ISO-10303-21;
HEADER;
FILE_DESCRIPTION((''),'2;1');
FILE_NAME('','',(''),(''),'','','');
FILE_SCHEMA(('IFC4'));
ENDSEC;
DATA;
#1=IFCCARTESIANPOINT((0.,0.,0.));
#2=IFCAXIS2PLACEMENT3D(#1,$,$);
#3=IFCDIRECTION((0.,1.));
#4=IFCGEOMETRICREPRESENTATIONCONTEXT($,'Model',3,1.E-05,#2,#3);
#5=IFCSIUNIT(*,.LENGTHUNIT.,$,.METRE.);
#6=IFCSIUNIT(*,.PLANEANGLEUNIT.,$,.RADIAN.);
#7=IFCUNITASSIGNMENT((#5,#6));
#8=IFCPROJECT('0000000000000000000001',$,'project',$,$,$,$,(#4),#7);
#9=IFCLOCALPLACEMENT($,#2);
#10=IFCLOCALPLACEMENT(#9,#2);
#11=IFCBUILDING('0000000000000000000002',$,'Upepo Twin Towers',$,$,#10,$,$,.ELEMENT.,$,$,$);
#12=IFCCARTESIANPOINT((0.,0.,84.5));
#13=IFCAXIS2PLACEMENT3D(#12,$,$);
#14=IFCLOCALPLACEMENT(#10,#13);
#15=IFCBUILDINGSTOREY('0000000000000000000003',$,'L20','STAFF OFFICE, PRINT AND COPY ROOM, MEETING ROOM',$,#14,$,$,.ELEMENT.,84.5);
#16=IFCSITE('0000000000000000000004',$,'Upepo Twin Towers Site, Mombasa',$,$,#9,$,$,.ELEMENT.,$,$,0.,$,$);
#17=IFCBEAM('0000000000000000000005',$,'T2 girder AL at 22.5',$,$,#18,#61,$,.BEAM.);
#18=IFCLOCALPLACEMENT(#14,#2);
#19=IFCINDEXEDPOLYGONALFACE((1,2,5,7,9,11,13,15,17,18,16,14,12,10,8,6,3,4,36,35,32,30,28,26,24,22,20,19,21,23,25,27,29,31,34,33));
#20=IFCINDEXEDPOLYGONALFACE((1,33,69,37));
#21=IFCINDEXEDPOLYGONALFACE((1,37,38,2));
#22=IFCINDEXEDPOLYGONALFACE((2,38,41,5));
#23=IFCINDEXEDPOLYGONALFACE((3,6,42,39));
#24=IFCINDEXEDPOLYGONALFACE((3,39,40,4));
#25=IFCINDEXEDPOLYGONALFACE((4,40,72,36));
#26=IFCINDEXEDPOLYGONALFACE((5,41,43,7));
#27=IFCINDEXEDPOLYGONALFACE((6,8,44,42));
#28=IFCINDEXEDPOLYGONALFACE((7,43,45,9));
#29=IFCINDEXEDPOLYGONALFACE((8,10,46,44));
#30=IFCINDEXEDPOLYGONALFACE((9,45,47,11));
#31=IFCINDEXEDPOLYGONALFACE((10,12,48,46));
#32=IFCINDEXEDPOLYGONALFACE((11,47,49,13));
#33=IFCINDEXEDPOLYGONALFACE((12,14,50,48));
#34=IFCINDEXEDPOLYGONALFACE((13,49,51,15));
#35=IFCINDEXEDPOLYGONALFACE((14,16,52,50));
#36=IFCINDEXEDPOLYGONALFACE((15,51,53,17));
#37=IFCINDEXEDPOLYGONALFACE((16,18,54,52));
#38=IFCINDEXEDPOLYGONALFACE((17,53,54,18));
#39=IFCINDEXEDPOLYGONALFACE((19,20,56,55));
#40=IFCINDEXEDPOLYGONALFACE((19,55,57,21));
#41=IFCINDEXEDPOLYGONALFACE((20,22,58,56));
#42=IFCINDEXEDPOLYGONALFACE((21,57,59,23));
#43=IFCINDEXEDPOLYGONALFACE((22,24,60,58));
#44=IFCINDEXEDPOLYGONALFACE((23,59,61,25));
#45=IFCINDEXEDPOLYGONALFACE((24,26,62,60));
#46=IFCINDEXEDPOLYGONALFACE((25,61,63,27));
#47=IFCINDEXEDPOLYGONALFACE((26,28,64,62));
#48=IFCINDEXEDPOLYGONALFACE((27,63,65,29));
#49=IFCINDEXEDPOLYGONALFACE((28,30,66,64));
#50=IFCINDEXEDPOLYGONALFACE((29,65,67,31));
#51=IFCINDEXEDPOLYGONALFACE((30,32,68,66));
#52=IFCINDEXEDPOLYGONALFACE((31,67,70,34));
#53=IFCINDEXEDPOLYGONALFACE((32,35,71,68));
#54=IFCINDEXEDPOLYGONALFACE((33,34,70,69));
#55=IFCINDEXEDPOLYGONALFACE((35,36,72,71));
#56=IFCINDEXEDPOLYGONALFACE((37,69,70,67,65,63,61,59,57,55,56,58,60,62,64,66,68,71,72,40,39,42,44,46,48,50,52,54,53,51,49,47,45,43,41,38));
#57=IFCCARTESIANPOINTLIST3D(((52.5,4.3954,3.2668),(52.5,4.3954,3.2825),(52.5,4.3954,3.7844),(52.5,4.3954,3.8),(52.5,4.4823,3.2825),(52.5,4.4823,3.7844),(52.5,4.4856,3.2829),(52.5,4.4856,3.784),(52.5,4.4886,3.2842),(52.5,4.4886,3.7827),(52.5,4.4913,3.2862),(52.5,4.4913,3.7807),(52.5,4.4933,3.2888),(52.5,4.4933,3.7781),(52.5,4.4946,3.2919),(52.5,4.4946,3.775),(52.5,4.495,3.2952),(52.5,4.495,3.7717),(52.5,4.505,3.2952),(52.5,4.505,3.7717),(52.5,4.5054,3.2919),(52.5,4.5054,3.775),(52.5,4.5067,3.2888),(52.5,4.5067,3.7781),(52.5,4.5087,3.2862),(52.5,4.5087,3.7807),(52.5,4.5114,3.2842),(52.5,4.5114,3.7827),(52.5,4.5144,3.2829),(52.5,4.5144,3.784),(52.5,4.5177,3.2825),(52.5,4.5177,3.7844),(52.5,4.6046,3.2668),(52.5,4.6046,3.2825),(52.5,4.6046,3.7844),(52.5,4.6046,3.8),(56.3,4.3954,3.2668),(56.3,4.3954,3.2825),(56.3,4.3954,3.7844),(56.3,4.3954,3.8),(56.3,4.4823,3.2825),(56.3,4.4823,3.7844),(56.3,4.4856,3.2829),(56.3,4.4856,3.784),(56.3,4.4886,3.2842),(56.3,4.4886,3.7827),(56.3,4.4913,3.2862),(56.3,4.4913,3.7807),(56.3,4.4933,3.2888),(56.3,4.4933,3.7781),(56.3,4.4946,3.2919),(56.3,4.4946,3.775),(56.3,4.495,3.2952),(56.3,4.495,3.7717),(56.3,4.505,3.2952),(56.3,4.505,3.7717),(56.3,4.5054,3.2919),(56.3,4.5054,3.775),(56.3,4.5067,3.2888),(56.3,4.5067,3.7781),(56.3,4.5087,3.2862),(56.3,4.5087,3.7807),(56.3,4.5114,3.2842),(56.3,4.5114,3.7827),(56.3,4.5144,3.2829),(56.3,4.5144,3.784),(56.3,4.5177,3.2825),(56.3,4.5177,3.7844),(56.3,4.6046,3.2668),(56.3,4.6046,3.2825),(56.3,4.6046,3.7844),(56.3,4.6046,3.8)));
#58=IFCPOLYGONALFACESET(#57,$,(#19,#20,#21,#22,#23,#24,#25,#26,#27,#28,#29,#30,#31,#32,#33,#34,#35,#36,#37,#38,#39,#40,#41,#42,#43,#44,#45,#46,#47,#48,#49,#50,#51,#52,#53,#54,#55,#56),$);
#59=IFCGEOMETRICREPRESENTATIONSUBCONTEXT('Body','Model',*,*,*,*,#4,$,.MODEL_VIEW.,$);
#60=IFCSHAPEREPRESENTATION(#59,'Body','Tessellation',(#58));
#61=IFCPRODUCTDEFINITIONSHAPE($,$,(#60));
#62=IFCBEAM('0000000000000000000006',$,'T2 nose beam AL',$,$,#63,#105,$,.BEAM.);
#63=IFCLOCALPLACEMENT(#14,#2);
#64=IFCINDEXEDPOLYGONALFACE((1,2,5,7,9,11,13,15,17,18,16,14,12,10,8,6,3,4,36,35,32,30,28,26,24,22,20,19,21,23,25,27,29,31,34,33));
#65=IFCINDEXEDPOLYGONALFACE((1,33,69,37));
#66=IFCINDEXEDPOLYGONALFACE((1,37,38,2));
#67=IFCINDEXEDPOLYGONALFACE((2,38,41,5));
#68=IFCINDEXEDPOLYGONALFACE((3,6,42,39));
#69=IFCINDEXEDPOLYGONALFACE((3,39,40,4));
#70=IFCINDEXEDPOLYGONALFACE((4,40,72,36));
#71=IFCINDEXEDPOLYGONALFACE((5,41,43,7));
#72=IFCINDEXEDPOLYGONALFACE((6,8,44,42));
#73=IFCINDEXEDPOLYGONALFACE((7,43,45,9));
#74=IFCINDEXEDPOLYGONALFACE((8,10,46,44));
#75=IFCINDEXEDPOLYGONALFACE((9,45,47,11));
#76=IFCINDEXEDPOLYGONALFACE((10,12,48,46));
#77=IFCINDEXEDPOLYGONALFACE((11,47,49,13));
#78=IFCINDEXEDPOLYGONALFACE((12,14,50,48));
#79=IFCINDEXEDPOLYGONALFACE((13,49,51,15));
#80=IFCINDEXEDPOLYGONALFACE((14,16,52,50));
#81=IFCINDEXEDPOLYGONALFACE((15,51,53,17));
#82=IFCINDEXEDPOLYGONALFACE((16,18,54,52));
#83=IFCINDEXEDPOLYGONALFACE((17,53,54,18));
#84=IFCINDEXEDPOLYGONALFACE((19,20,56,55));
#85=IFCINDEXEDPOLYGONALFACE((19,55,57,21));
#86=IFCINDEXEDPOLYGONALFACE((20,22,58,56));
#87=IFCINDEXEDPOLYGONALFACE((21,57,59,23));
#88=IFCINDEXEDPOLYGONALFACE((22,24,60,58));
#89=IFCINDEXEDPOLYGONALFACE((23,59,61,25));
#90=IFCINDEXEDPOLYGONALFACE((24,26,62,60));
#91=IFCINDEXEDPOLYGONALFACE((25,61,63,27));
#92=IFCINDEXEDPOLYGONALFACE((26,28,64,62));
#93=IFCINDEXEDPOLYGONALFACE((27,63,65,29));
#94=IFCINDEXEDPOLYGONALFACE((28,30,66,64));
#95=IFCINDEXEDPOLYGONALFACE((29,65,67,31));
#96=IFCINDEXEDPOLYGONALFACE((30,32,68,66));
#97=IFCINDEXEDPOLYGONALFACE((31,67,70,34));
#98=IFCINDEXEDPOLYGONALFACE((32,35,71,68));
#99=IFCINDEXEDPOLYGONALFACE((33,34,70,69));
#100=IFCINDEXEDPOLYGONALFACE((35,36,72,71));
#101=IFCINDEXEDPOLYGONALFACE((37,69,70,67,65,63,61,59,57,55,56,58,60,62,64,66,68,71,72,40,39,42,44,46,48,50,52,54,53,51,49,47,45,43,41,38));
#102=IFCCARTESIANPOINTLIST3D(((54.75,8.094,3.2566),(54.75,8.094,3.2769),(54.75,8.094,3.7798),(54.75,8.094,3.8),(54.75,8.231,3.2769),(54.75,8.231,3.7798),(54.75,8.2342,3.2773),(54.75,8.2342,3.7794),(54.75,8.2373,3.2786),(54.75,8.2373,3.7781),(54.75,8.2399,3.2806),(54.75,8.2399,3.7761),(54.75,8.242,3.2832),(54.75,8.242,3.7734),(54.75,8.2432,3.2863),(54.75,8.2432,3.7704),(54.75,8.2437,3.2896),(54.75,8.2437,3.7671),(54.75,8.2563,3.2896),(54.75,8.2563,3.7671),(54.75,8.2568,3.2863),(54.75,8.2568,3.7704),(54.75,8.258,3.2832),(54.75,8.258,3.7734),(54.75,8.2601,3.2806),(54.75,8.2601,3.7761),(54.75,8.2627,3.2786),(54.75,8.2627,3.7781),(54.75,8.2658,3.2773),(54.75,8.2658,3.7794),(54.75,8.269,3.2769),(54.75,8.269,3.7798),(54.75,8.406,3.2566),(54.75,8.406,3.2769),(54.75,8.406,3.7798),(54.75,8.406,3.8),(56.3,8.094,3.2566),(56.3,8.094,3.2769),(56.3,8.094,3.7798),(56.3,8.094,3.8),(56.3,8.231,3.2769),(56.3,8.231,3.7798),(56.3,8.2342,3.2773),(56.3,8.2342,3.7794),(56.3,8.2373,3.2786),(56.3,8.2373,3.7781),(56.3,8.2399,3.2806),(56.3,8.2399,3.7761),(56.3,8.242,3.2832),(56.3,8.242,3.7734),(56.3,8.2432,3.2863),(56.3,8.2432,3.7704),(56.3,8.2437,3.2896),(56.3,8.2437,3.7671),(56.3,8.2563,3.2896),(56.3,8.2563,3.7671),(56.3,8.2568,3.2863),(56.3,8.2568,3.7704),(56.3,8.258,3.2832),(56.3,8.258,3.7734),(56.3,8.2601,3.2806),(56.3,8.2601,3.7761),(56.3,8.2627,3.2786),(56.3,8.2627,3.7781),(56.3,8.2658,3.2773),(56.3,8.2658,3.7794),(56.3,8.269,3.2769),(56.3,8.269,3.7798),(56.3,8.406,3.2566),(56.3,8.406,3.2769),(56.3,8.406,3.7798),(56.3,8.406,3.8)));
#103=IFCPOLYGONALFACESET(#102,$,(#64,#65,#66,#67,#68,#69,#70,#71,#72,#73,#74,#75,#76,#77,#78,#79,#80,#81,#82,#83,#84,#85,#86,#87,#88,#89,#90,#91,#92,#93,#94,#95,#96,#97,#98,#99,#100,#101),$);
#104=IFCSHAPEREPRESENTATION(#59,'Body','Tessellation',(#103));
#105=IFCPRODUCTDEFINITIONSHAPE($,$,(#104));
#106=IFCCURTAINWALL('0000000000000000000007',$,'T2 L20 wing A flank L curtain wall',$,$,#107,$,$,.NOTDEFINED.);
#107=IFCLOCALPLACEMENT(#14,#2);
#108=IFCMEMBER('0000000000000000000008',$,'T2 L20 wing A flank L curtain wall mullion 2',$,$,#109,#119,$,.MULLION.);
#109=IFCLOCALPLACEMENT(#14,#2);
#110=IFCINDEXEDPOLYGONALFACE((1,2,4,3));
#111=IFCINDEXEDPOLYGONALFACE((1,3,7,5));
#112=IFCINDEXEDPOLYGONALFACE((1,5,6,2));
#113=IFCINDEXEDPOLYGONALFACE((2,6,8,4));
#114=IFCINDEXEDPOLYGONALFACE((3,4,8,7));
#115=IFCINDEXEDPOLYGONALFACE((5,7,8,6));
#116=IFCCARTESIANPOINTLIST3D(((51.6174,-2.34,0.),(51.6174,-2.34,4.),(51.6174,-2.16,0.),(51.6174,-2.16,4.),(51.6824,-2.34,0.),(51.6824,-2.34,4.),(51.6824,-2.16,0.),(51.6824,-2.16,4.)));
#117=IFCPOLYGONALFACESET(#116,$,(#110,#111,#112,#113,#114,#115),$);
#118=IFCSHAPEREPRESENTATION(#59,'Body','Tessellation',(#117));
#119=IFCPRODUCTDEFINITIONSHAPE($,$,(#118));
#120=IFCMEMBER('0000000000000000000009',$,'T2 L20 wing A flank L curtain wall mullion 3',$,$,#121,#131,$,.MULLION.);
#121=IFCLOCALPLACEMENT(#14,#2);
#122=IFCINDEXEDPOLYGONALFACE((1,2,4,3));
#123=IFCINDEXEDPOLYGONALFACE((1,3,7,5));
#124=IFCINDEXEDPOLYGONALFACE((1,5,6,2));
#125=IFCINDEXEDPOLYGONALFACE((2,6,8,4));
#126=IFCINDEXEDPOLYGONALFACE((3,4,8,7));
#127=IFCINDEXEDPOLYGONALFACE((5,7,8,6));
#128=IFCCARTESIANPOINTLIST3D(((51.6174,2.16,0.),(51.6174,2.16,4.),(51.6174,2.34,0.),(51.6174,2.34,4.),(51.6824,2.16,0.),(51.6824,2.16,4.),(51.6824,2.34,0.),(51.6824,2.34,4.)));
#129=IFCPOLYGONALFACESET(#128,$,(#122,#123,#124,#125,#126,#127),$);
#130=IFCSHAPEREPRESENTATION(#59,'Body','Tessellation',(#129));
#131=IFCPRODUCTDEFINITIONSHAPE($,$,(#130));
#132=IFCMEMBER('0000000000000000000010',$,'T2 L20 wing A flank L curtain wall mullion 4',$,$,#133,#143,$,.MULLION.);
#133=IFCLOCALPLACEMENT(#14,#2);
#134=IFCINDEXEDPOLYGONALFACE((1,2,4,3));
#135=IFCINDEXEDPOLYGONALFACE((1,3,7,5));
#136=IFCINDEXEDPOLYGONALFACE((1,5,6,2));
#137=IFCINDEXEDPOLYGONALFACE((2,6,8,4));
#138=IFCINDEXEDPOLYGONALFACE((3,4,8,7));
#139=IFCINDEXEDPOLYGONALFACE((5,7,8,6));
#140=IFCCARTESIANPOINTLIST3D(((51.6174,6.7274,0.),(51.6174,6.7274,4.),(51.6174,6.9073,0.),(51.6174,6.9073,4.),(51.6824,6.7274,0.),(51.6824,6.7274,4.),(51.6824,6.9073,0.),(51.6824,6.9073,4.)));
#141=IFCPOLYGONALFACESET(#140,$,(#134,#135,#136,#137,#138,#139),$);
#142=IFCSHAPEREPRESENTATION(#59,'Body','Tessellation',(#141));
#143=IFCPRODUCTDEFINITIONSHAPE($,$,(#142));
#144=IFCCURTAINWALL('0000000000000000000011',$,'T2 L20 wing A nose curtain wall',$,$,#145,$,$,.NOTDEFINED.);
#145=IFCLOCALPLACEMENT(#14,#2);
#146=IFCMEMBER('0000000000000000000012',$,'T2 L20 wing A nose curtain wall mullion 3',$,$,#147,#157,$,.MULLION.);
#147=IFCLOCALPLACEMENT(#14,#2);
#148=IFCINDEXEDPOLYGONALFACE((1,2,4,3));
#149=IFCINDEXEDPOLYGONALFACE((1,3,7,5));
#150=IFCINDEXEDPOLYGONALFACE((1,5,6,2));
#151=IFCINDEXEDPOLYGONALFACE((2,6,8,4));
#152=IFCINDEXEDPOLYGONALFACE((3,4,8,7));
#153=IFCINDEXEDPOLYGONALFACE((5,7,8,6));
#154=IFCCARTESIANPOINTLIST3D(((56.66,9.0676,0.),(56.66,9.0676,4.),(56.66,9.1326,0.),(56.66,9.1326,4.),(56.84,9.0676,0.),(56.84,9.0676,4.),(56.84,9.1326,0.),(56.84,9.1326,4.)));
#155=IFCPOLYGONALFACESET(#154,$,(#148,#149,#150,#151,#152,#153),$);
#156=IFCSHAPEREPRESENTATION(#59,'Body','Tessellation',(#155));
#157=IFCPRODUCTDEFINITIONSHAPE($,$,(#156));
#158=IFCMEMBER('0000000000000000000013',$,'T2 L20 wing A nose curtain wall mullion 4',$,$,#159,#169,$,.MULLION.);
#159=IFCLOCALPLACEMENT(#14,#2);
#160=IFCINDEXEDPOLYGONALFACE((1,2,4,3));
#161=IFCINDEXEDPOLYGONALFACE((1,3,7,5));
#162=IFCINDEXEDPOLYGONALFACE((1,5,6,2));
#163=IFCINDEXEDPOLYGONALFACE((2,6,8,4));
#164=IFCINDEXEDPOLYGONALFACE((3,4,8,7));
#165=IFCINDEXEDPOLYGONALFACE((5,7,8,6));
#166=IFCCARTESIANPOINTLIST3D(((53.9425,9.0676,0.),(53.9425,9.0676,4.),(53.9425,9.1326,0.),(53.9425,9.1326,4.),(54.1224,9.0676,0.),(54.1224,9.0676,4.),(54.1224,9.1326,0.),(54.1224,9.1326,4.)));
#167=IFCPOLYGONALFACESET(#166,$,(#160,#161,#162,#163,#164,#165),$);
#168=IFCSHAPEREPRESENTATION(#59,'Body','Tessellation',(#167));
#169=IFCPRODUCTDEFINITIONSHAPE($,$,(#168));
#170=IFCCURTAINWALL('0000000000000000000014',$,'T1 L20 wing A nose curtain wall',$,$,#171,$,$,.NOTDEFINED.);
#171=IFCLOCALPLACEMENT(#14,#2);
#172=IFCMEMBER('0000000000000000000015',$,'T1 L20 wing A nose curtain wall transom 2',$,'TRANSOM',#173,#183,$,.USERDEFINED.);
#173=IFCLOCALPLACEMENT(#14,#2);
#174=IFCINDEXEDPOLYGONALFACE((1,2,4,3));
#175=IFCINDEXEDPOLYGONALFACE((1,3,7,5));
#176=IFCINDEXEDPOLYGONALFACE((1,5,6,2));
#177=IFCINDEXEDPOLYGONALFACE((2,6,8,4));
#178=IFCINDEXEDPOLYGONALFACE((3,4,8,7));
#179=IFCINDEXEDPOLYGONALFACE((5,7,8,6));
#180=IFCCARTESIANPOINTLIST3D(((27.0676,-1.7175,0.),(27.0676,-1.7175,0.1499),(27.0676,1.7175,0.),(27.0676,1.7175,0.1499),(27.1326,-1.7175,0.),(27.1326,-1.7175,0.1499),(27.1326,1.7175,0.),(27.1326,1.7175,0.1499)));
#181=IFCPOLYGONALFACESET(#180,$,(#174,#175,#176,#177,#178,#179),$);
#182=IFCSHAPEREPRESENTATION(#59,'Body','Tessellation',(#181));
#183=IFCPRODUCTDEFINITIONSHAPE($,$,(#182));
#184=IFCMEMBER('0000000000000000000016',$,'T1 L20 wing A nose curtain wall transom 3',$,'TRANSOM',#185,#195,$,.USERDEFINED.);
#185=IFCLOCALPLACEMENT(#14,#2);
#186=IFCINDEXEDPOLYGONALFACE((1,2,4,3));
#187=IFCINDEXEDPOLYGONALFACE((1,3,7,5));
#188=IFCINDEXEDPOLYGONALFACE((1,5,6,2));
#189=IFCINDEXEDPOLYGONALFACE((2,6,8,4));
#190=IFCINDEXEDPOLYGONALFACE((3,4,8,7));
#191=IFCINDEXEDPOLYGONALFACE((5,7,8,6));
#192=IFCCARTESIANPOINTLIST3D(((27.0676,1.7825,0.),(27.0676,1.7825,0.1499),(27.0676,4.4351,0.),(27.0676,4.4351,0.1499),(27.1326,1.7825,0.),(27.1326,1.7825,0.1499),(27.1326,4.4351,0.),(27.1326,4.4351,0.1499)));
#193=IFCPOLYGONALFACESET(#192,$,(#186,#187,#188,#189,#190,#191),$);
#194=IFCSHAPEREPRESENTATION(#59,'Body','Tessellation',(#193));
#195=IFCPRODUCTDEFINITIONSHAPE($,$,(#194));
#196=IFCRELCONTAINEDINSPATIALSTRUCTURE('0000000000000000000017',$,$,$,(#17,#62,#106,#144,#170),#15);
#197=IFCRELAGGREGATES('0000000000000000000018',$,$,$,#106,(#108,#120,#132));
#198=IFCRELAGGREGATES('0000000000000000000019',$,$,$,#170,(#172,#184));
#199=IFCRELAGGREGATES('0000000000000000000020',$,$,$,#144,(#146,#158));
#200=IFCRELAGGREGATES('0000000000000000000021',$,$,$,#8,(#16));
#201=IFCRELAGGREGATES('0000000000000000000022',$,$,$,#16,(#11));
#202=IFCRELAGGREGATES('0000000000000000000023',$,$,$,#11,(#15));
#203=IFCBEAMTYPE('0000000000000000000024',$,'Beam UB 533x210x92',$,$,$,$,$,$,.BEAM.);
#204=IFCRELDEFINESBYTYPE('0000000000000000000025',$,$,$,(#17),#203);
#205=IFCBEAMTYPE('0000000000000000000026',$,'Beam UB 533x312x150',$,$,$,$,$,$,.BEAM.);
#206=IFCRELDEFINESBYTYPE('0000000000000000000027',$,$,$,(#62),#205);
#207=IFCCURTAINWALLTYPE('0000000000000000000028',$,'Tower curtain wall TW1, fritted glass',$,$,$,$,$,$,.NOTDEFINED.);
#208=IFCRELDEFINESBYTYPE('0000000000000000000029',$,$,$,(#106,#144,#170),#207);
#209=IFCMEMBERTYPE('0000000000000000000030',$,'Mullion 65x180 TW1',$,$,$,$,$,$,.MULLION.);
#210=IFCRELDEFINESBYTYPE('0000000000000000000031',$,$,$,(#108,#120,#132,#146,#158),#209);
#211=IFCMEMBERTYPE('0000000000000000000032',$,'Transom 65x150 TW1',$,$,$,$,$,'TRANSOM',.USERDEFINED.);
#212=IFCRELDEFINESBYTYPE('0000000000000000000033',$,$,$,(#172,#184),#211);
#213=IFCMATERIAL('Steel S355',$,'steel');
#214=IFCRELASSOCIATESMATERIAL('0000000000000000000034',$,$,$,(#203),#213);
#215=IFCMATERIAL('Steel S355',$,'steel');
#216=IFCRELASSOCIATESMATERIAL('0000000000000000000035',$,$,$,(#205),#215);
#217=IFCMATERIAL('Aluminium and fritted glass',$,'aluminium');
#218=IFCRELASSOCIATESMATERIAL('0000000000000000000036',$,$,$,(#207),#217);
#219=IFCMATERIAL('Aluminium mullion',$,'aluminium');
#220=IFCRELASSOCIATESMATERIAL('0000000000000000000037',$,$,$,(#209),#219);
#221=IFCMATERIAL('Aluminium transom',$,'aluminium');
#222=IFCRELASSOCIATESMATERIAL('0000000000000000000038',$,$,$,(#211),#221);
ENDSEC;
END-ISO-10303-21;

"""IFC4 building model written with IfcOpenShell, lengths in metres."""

from ifc_helpers import new_model, si_unit, direction, frame, origin, origin_2d, place, context, subcontext, project, spatial, rectangle, i_section, extrude, material, material_profile, profile_set, type_object, element, aggregate, save


model = new_model("IFC4")

# Units and contexts
model_context = context("Model", 3, precision=1e-05, world=origin(), true_north=direction((0.0, 1.0)))
body_context = subcontext(model_context, "Body", "Model", "MODEL_VIEW")
ifc_project = project(units=[si_unit("LENGTHUNIT", "METRE"), si_unit("PLANEANGLEUNIT", "RADIAN")], contexts=[model_context])

# Site, building, storey
site_placement = place(None, origin())
site = spatial("IfcSite", under=ifc_project, at=site_placement, Name="Upepo Twin Towers Site, Mombasa", CompositionType="ELEMENT", RefElevation=0.0)
building_placement = place(site_placement, origin())
building = spatial("IfcBuilding", under=site, at=building_placement, Name="Upepo Twin Towers", CompositionType="ELEMENT")
storey_placement = place(building_placement, frame((0.0, 0.0, 84.5)))
storey = spatial("IfcBuildingStorey", under=building, at=storey_placement, Name="L20", Description="STAFF OFFICE, PRINT AND COPY ROOM, MEETING ROOM", CompositionType="ELEMENT", Elevation=84.5)

# Beams
ifc_material_1 = material(Name="Steel S355", Category="steel")
ifc_material_profile_1 = material_profile(ifc_material_1, i_section(OverallWidth=0.2092, OverallDepth=0.5332, WebThickness=0.01, FlangeThickness=0.0156, FilletRadius=0.0127, at=origin_2d()), Name="UB 533x210x92")
ifc_profile_set_1 = profile_set([ifc_material_profile_1], Name="Steel S355")
beam_type_1 = type_object("IfcBeamType", Name="Beam UB 533x210x92", PredefinedType="BEAM", material=ifc_profile_set_1)
for number, where, z_axis, x_axis, name in (
    (1, (52.5, 4.5, 3.5334), (1.0, 0.0, 0.0), (0.0, 1.0, 0.0), "T2 girder AL at 22.5"),
):
    element("IfcBeam", number, at=place(storey_placement, frame(where, z_axis=z_axis, x_axis=x_axis)), inside=storey, type_object=beam_type_1, Name=name, PredefinedType="BEAM", context=body_context, shape_type="SweptSolid", body=[
        extrude(i_section(OverallWidth=0.2092, OverallDepth=0.5332, WebThickness=0.01, FlangeThickness=0.0156, FilletRadius=0.0127, at=origin_2d()), origin(), (0.0, 0.0, 1.0), 3.8),
    ])
ifc_material_2 = material(Name="Steel S355", Category="steel")
ifc_material_profile_2 = material_profile(ifc_material_2, i_section(OverallWidth=0.312, OverallDepth=0.5435, WebThickness=0.0127, FlangeThickness=0.0203, FilletRadius=0.0127, at=origin_2d()), Name="UB 533x312x150")
ifc_profile_set_2 = profile_set([ifc_material_profile_2], Name="Steel S355")
beam_type_2 = type_object("IfcBeamType", Name="Beam UB 533x312x150", PredefinedType="BEAM", material=ifc_profile_set_2)
beam_1_placement = place(storey_placement, frame((54.75, 8.25, 3.5283), z_axis=(1.0, 0.0, 0.0), x_axis=(0.0, 1.0, 0.0)))
element("IfcBeam", 2, at=beam_1_placement, inside=storey, type_object=beam_type_2, Name="T2 nose beam AL", PredefinedType="BEAM", context=body_context, shape_type="SweptSolid", body=[
    extrude(i_section(OverallWidth=0.312, OverallDepth=0.5435, WebThickness=0.0127, FlangeThickness=0.0203, FilletRadius=0.0127, at=origin_2d()), origin(), (0.0, 0.0, 1.0), 1.55),
])

# Curtain walls, members
ifc_material_3 = material(Name="Aluminium and fritted glass", Category="aluminium")
curtain_wall_type = type_object("IfcCurtainWallType", Name="Tower curtain wall TW1, fritted glass", PredefinedType="NOTDEFINED", material=ifc_material_3)
curtain_wall_1_placement = place(storey_placement, origin())
curtain_wall_1 = element("IfcCurtainWall", 3, at=curtain_wall_1_placement, inside=storey, type_object=curtain_wall_type, Name="T2 L20 wing A flank L curtain wall", PredefinedType="NOTDEFINED")
ifc_material_4 = material(Name="Aluminium mullion", Category="aluminium")
ifc_material_profile_3 = material_profile(ifc_material_4, rectangle(XDim=0.0649, YDim=0.1799, at=origin_2d()), Name="MULLION 65x180")
ifc_profile_set_3 = profile_set([ifc_material_profile_3], Name="Aluminium mullion")
member_type_1 = type_object("IfcMemberType", Name="Mullion 65x180 TW1", PredefinedType="MULLION", material=ifc_profile_set_3)
member_1_placement = place(storey_placement, frame((51.6499, -2.25, 0.0), z_axis=(0.0, 0.0, 1.0), x_axis=(-1.0, 0.0, 0.0)))
member_1 = element("IfcMember", 4, at=member_1_placement, type_object=member_type_1, Name="T2 L20 wing A flank L curtain wall mullion 2", PredefinedType="MULLION", context=body_context, shape_type="SweptSolid", body=[
    extrude(rectangle(XDim=0.0649, YDim=0.1799, at=origin_2d()), origin(), (0.0, 0.0, 1.0), 4.0),
])
member_2_placement = place(storey_placement, frame((51.6499, 2.25, 0.0), z_axis=(0.0, 0.0, 1.0), x_axis=(-1.0, 0.0, 0.0)))
member_2 = element("IfcMember", 5, at=member_2_placement, type_object=member_type_1, Name="T2 L20 wing A flank L curtain wall mullion 3", PredefinedType="MULLION", context=body_context, shape_type="SweptSolid", body=[
    extrude(rectangle(XDim=0.0649, YDim=0.1799, at=origin_2d()), origin(), (0.0, 0.0, 1.0), 4.0),
])
member_3_placement = place(storey_placement, frame((51.6499, 6.8174, 0.0), z_axis=(0.0, 0.0, 1.0), x_axis=(-1.0, 0.0, 0.0)))
member_3 = element("IfcMember", 6, at=member_3_placement, type_object=member_type_1, Name="T2 L20 wing A flank L curtain wall mullion 4", PredefinedType="MULLION", context=body_context, shape_type="SweptSolid", body=[
    extrude(rectangle(XDim=0.0649, YDim=0.1799, at=origin_2d()), origin(), (0.0, 0.0, 1.0), 4.0),
])
curtain_wall_2_placement = place(storey_placement, origin())
curtain_wall_2 = element("IfcCurtainWall", 7, at=curtain_wall_2_placement, inside=storey, type_object=curtain_wall_type, Name="T2 L20 wing A nose curtain wall", PredefinedType="NOTDEFINED")
member_4_placement = place(storey_placement, frame((56.75, 9.1001, 0.0), z_axis=(0.0, 0.0, 1.0), x_axis=(0.0, -1.0, 0.0)))
member_4 = element("IfcMember", 8, at=member_4_placement, type_object=member_type_1, Name="T2 L20 wing A nose curtain wall mullion 3", PredefinedType="MULLION", context=body_context, shape_type="SweptSolid", body=[
    extrude(rectangle(XDim=0.0649, YDim=0.1799, at=origin_2d()), origin(), (0.0, 0.0, 1.0), 4.0),
])
member_5_placement = place(storey_placement, frame((54.0325, 9.1001, 0.0), z_axis=(0.0, 0.0, 1.0), x_axis=(0.0, -1.0, 0.0)))
member_5 = element("IfcMember", 9, at=member_5_placement, type_object=member_type_1, Name="T2 L20 wing A nose curtain wall mullion 4", PredefinedType="MULLION", context=body_context, shape_type="SweptSolid", body=[
    extrude(rectangle(XDim=0.0649, YDim=0.1799, at=origin_2d()), origin(), (0.0, 0.0, 1.0), 4.0),
])
curtain_wall_3_placement = place(storey_placement, origin())
curtain_wall_3 = element("IfcCurtainWall", 10, at=curtain_wall_3_placement, inside=storey, type_object=curtain_wall_type, Name="T1 L20 wing A nose curtain wall", PredefinedType="NOTDEFINED")
ifc_material_5 = material(Name="Aluminium transom", Category="aluminium")
ifc_material_profile_4 = material_profile(ifc_material_5, rectangle(XDim=0.0649, YDim=0.1499, at=origin_2d()), Name="TRANSOM 65x150")
ifc_profile_set_4 = profile_set([ifc_material_profile_4], Name="Aluminium transom")
member_type_2 = type_object("IfcMemberType", Name="Transom 65x150 TW1", ElementType="TRANSOM", PredefinedType="USERDEFINED", material=ifc_profile_set_4)
member_6_placement = place(storey_placement, frame((27.1001, -1.7175, 0.075), z_axis=(0.0, 1.0, 0.0), x_axis=(-1.0, 0.0, 0.0)))
member_6 = element("IfcMember", 11, at=member_6_placement, type_object=member_type_2, Name="T1 L20 wing A nose curtain wall transom 2", ObjectType="TRANSOM", PredefinedType="USERDEFINED", context=body_context, shape_type="SweptSolid", body=[
    extrude(rectangle(XDim=0.0649, YDim=0.1499, at=origin_2d()), origin(), (0.0, 0.0, 1.0), 3.4351),
])
member_7_placement = place(storey_placement, frame((27.1001, 1.7825, 0.075), z_axis=(0.0, 1.0, 0.0), x_axis=(-1.0, 0.0, 0.0)))
member_7 = element("IfcMember", 12, at=member_7_placement, type_object=member_type_2, Name="T1 L20 wing A nose curtain wall transom 3", ObjectType="TRANSOM", PredefinedType="USERDEFINED", context=body_context, shape_type="SweptSolid", body=[
    extrude(rectangle(XDim=0.0649, YDim=0.1499, at=origin_2d()), origin(), (0.0, 0.0, 1.0), 2.6526),
])

aggregate(curtain_wall_1, [member_1, member_2, member_3])
aggregate(curtain_wall_3, [member_6, member_7])
aggregate(curtain_wall_2, [member_4, member_5])

save(model, "model.ifc")
